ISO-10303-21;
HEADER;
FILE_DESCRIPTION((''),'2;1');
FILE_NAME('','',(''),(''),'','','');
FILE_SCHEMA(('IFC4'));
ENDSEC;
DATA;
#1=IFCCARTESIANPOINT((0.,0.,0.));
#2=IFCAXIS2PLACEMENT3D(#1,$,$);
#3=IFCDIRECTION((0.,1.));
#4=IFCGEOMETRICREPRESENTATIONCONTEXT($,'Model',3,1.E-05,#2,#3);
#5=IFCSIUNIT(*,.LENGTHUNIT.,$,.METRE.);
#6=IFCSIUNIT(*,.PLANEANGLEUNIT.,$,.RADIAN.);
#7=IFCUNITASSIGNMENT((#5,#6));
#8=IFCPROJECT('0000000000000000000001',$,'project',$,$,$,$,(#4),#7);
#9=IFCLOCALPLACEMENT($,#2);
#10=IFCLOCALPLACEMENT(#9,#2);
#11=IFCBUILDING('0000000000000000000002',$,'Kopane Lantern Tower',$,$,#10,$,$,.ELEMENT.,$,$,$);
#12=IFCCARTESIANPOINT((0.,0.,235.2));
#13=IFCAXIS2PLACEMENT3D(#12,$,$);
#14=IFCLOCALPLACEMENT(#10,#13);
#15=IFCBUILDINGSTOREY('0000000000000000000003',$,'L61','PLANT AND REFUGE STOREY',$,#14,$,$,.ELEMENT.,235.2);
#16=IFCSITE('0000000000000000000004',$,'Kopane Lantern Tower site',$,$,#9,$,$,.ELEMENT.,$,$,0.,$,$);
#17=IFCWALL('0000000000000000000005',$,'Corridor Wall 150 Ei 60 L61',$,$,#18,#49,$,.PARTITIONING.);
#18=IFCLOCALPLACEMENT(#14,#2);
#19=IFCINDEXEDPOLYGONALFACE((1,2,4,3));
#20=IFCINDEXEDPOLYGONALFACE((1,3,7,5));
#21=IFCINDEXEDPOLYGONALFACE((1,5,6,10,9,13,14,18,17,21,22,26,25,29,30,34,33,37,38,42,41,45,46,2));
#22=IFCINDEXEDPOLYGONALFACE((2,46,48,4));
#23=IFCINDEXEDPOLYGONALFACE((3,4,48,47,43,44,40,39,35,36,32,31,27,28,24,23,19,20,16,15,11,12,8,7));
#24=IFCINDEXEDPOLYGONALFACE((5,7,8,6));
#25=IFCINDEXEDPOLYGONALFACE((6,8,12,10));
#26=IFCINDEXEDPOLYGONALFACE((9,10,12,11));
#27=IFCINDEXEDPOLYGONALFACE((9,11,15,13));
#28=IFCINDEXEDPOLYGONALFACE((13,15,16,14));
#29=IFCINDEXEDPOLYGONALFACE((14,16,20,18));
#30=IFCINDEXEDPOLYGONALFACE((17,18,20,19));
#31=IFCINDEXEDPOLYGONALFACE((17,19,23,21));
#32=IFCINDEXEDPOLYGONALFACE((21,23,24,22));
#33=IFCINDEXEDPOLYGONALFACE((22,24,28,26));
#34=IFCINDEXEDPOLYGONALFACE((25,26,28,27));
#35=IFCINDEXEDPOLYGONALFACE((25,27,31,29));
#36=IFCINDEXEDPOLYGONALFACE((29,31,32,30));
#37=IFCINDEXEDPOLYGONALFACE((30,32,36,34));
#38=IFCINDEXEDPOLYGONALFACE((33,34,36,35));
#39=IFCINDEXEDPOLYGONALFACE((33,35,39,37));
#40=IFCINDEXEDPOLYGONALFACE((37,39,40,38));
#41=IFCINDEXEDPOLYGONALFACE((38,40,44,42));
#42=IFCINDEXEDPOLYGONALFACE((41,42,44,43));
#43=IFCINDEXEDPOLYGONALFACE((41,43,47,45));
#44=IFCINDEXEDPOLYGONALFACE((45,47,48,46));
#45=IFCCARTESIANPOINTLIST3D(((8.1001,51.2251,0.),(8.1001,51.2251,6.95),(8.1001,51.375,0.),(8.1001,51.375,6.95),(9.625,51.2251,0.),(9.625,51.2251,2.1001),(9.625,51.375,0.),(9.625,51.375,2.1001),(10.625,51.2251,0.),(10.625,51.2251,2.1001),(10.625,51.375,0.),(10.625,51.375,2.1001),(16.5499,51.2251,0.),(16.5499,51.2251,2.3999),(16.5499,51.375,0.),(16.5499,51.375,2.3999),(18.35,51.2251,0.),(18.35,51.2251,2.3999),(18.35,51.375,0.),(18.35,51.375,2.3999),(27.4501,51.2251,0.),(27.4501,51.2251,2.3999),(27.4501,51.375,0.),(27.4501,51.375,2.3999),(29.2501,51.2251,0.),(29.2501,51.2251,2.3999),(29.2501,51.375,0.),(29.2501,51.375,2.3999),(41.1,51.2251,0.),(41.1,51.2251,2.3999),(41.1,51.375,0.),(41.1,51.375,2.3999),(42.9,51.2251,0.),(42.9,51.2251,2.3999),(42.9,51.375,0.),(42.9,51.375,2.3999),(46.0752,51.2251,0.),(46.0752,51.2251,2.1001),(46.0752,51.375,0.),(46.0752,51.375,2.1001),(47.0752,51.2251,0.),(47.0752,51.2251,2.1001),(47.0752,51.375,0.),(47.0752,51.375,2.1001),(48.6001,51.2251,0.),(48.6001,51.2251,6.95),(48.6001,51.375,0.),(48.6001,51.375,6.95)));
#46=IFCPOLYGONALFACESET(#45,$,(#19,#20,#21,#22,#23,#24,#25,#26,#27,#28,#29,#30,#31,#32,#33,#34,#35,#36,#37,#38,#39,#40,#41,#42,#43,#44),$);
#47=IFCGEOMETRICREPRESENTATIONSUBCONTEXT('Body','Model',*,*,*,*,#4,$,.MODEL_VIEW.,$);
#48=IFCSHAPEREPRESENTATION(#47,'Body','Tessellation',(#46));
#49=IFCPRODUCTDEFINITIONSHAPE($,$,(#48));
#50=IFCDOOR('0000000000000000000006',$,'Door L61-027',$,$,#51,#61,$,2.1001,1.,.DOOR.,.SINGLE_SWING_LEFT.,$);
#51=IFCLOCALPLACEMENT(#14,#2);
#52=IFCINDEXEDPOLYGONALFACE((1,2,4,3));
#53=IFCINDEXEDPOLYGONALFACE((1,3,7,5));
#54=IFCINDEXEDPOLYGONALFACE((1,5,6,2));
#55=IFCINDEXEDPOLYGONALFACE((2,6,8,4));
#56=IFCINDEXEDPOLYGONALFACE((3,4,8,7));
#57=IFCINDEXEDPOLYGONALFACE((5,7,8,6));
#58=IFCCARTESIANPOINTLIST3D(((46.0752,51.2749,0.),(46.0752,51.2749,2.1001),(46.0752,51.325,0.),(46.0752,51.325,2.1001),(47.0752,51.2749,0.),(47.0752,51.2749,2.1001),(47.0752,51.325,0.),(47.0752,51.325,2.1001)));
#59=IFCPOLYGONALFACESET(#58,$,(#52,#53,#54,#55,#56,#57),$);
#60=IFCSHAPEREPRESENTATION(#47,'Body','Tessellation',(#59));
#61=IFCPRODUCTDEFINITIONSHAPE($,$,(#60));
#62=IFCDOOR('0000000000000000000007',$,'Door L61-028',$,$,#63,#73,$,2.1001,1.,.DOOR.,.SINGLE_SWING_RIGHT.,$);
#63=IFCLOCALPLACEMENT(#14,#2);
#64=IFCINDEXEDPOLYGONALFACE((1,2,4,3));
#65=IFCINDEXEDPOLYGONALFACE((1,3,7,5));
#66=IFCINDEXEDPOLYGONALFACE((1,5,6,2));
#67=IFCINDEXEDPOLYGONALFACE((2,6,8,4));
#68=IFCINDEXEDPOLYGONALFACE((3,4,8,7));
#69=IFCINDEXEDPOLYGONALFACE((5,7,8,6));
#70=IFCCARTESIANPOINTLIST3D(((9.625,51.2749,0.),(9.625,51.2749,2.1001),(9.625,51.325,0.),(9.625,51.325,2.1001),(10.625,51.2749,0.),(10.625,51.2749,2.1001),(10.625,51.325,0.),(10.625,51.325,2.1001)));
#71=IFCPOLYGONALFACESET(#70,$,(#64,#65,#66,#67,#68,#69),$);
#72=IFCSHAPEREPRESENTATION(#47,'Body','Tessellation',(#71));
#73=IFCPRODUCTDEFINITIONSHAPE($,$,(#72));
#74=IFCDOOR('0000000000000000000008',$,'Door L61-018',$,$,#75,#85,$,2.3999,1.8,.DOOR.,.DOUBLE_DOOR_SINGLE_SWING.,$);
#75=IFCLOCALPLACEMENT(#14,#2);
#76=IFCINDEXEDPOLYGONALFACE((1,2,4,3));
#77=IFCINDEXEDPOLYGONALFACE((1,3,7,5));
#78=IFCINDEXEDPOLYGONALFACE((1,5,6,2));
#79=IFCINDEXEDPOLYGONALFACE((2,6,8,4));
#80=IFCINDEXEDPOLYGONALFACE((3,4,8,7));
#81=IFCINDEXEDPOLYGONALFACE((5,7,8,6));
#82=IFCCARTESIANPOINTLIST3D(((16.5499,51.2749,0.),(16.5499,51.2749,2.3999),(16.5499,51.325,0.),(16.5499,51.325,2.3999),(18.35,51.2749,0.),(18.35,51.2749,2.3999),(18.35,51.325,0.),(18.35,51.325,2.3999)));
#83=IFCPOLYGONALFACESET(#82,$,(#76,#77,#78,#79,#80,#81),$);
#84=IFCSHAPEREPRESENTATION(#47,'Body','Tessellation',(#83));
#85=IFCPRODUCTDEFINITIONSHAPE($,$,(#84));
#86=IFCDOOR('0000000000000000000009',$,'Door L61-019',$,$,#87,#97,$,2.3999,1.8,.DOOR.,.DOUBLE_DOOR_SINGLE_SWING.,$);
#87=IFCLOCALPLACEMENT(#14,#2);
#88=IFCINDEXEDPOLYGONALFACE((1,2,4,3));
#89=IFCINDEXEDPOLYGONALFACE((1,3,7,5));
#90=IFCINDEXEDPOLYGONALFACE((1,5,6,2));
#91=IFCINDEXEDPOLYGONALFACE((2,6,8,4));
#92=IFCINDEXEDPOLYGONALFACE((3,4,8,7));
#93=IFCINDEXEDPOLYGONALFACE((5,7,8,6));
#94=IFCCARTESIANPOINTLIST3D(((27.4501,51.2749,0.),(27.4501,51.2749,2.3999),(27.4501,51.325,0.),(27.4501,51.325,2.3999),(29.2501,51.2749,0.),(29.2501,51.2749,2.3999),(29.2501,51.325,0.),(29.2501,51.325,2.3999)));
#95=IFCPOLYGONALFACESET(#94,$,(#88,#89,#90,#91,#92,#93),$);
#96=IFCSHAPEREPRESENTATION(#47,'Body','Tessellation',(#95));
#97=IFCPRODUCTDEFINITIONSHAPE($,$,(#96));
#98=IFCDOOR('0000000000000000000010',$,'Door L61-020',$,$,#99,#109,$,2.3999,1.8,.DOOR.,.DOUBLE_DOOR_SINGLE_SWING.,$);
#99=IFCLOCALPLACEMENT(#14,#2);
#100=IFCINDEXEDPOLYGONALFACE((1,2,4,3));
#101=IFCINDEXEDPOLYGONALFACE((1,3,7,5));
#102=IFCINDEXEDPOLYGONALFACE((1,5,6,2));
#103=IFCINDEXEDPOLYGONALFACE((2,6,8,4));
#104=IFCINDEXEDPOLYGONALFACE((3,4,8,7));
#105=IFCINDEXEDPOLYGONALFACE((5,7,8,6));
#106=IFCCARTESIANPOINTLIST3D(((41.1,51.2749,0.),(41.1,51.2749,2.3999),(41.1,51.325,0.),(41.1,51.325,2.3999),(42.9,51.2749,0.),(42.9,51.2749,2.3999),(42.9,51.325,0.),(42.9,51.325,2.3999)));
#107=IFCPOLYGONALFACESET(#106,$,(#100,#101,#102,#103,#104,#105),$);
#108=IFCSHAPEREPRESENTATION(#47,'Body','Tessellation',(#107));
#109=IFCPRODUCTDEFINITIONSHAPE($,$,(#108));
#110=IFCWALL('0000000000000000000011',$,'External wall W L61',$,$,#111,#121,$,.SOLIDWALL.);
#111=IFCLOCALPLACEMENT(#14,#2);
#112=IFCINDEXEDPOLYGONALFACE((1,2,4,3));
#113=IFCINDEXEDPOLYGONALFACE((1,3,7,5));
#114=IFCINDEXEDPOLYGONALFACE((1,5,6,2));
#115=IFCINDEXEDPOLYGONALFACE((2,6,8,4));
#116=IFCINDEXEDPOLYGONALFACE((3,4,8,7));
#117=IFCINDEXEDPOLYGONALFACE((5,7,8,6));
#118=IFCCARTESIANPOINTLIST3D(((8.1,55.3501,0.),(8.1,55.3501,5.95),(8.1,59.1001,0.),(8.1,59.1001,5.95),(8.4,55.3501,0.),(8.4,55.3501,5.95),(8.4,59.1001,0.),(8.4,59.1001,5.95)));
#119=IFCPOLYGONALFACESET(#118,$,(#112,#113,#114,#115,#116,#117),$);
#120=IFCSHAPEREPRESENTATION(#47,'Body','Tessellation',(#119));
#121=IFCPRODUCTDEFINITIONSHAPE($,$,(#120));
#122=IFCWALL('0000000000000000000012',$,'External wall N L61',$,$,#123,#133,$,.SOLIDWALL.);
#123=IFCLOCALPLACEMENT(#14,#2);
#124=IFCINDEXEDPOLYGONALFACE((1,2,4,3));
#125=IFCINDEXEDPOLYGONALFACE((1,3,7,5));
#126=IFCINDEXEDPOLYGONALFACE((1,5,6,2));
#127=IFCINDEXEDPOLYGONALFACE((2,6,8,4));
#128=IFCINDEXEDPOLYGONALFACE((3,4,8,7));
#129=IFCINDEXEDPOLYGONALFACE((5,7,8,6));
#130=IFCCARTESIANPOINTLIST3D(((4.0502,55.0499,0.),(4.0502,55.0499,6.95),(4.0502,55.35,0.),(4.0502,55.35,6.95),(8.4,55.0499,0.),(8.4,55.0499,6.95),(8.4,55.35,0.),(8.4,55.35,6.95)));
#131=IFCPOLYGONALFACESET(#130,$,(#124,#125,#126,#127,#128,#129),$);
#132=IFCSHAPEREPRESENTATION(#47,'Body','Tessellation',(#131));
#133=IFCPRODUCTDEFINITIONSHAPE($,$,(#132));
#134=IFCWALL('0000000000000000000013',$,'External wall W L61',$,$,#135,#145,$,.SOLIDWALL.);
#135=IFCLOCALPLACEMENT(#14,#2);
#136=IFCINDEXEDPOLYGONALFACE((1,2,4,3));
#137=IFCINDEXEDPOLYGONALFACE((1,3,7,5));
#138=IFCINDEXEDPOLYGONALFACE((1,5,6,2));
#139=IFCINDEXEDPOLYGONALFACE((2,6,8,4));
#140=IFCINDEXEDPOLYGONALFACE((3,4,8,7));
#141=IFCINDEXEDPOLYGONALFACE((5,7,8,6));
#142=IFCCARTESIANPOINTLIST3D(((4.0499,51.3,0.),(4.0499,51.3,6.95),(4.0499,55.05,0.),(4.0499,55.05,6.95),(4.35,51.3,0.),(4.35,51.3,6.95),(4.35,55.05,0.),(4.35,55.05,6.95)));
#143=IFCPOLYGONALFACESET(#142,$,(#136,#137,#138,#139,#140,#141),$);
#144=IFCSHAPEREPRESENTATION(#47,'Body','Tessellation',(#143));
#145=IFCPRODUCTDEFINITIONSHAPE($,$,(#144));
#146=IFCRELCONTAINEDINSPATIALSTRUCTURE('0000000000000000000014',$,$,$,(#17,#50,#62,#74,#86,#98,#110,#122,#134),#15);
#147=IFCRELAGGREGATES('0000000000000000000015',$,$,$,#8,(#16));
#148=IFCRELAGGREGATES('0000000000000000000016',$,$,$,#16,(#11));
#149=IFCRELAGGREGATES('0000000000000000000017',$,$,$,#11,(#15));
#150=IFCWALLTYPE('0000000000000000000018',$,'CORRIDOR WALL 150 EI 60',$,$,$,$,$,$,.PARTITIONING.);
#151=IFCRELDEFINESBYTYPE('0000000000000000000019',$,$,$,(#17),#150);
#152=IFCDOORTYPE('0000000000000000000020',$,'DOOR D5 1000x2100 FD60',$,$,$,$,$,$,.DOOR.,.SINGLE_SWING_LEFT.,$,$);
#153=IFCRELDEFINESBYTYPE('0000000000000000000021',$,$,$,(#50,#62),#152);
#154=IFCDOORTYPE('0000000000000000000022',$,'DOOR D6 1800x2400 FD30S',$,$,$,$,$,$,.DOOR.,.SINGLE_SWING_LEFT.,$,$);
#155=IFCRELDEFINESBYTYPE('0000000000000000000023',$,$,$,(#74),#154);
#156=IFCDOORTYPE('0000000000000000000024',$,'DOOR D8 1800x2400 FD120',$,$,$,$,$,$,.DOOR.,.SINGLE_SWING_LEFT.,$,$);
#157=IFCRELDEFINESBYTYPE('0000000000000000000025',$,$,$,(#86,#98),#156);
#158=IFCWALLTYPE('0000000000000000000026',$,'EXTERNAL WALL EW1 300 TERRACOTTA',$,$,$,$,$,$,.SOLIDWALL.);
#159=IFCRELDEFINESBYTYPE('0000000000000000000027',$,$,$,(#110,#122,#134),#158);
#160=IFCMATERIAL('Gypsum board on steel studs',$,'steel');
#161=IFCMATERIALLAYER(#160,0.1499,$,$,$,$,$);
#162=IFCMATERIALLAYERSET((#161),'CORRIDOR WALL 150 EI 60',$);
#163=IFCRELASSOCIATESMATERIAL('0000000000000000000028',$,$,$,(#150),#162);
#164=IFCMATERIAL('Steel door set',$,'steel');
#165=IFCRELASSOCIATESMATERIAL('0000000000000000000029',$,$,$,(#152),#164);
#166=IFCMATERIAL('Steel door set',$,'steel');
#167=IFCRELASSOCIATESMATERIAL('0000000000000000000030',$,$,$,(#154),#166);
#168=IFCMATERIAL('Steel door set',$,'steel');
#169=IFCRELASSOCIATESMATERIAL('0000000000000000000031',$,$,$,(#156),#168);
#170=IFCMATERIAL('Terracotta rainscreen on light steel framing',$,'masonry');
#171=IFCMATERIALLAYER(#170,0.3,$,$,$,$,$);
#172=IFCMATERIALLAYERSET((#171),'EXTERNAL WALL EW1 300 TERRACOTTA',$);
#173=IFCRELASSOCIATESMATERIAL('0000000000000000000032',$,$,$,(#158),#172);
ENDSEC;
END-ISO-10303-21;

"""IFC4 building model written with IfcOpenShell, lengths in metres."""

from ifc_helpers import new_model, si_unit, direction, frame, frame_2d, origin, place, context, subcontext, project, spatial, rectangle, extrude, material, layer, layer_set, type_object, element, fill, save


model = new_model("IFC4")

# Units and contexts
model_context = context("Model", 3, precision=1e-05, world=origin(), true_north=direction((0.0, 1.0)))
body_context = subcontext(model_context, "Body", "Model", "MODEL_VIEW")
ifc_project = project(units=[si_unit("LENGTHUNIT", "METRE"), si_unit("PLANEANGLEUNIT", "RADIAN")], contexts=[model_context])

# Site, building, storey
site_placement = place(None, origin())
site = spatial("IfcSite", under=ifc_project, at=site_placement, Name="Kopane Lantern Tower site", CompositionType="ELEMENT", RefElevation=0.0)
building_placement = place(site_placement, origin())
building = spatial("IfcBuilding", under=site, at=building_placement, Name="Kopane Lantern Tower", CompositionType="ELEMENT")
storey_placement = place(building_placement, frame((0.0, 0.0, 235.2)))
storey = spatial("IfcBuildingStorey", under=building, at=storey_placement, Name="L61", Description="PLANT AND REFUGE STOREY", CompositionType="ELEMENT", Elevation=235.2)

# Wall, openings, doors
ifc_material_1 = material(Name="Gypsum board on steel studs", Category="steel")
ifc_layer_1 = layer(ifc_material_1, 0.1499)
ifc_layer_set_1 = layer_set([ifc_layer_1], Name="CORRIDOR WALL 150 EI 60")
wall_type_1 = type_object("IfcWallType", Name="CORRIDOR WALL 150 EI 60", PredefinedType="PARTITIONING", material=ifc_layer_set_1)
wall_1_placement = place(storey_placement, frame((8.1001, 51.3, 0.0), z_axis=(0.0, 0.0, 1.0), x_axis=(1.0, 0.0, 0.0)))
wall_1 = element("IfcWall", 1, at=wall_1_placement, inside=storey, type_object=wall_type_1, Name="Corridor Wall 150 Ei 60 L61", PredefinedType="PARTITIONING", context=body_context, shape_type="SweptSolid", body=[
    extrude(rectangle(XDim=40.5, YDim=0.1499, at=frame_2d((20.25, 0.0))), origin(), (0.0, 0.0, 1.0), 6.95),
])
opening_1_placement = place(wall_1_placement, frame((8.45, 0.0, 0.0)))
opening_1 = element("IfcOpeningElement", 2, at=opening_1_placement, cuts=wall_1, PredefinedType="OPENING", context=body_context, shape_type="SweptSolid", body=[
    extrude(rectangle(XDim=1.8, YDim=2.3999, at=frame_2d((0.8999, 1.2))), frame((0.0, 0.085, 0.0), z_axis=(0.0, -1.0, 0.0), x_axis=(1.0, 0.0, 0.0)), (0.0, 0.0, 1.0), 0.1699),
])
opening_2_placement = place(wall_1_placement, frame((19.3501, 0.0, 0.0)))
opening_2 = element("IfcOpeningElement", 3, at=opening_2_placement, cuts=wall_1, PredefinedType="OPENING", context=body_context, shape_type="SweptSolid", body=[
    extrude(rectangle(XDim=1.8, YDim=2.3999, at=frame_2d((0.8999, 1.2))), frame((0.0, 0.085, 0.0), z_axis=(0.0, -1.0, 0.0), x_axis=(1.0, 0.0, 0.0)), (0.0, 0.0, 1.0), 0.1699),
])
opening_3_placement = place(wall_1_placement, frame((33.0, 0.0, 0.0)))
opening_3 = element("IfcOpeningElement", 4, at=opening_3_placement, cuts=wall_1, PredefinedType="OPENING", context=body_context, shape_type="SweptSolid", body=[
    extrude(rectangle(XDim=1.8, YDim=2.3999, at=frame_2d((0.8999, 1.2))), frame((0.0, 0.085, 0.0), z_axis=(0.0, -1.0, 0.0), x_axis=(1.0, 0.0, 0.0)), (0.0, 0.0, 1.0), 0.1699),
])
opening_4_placement = place(wall_1_placement, frame((37.9751, 0.0, 0.0)))
opening_4 = element("IfcOpeningElement", 5, at=opening_4_placement, cuts=wall_1, PredefinedType="OPENING", context=body_context, shape_type="SweptSolid", body=[
    extrude(rectangle(XDim=1.0, YDim=2.1001, at=frame_2d((0.5, 1.05))), frame((0.0, 0.085, 0.0), z_axis=(0.0, -1.0, 0.0), x_axis=(1.0, 0.0, 0.0)), (0.0, 0.0, 1.0), 0.1699),
])
opening_5_placement = place(wall_1_placement, frame((1.5249, 0.0, 0.0)))
opening_5 = element("IfcOpeningElement", 6, at=opening_5_placement, cuts=wall_1, PredefinedType="OPENING", context=body_context, shape_type="SweptSolid", body=[
    extrude(rectangle(XDim=1.0, YDim=2.1001, at=frame_2d((0.5, 1.05))), frame((0.0, 0.085, 0.0), z_axis=(0.0, -1.0, 0.0), x_axis=(1.0, 0.0, 0.0)), (0.0, 0.0, 1.0), 0.1699),
])
ifc_material_2 = material(Name="Steel door set", Category="steel")
door_type_1 = type_object("IfcDoorType", Name="DOOR D5 1000x2100 FD60", OperationType="SINGLE_SWING_LEFT", PredefinedType="DOOR", material=ifc_material_2)
door_1_placement = place(opening_4_placement, origin())
door_1 = element("IfcDoor", 7, at=door_1_placement, inside=storey, type_object=door_type_1, Name="Door L61-027", OperationType="SINGLE_SWING_LEFT", OverallHeight=2.1001, OverallWidth=1.0, PredefinedType="DOOR", context=body_context, shape_type="SweptSolid", body=[
    extrude(rectangle(XDim=1.0, YDim=2.1001, at=frame_2d((0.5, 1.05))), frame((0.0, 0.0249, 0.0), z_axis=(0.0, -1.0, 0.0), x_axis=(1.0, 0.0, 0.0)), (0.0, 0.0, 1.0), 0.05),
])
fill(opening_4, door_1)
door_2_placement = place(opening_5_placement, origin())
door_2 = element("IfcDoor", 8, at=door_2_placement, inside=storey, type_object=door_type_1, Name="Door L61-028", OperationType="SINGLE_SWING_RIGHT", OverallHeight=2.1001, OverallWidth=1.0, PredefinedType="DOOR", context=body_context, shape_type="SweptSolid", body=[
    extrude(rectangle(XDim=1.0, YDim=2.1001, at=frame_2d((0.5, 1.05))), frame((0.0, 0.0249, 0.0), z_axis=(0.0, -1.0, 0.0), x_axis=(1.0, 0.0, 0.0)), (0.0, 0.0, 1.0), 0.05),
])
fill(opening_5, door_2)
ifc_material_3 = material(Name="Steel door set", Category="steel")
door_type_2 = type_object("IfcDoorType", Name="DOOR D6 1800x2400 FD30S", OperationType="SINGLE_SWING_LEFT", PredefinedType="DOOR", material=ifc_material_3)
door_3_placement = place(opening_1_placement, origin())
door_3 = element("IfcDoor", 9, at=door_3_placement, inside=storey, type_object=door_type_2, Name="Door L61-018", OperationType="DOUBLE_DOOR_SINGLE_SWING", OverallHeight=2.3999, OverallWidth=1.8, PredefinedType="DOOR", context=body_context, shape_type="SweptSolid", body=[
    extrude(rectangle(XDim=1.8, YDim=2.3999, at=frame_2d((0.8999, 1.2))), frame((0.0, 0.0249, 0.0), z_axis=(0.0, -1.0, 0.0), x_axis=(1.0, 0.0, 0.0)), (0.0, 0.0, 1.0), 0.05),
])
fill(opening_1, door_3)
ifc_material_4 = material(Name="Steel door set", Category="steel")
door_type_3 = type_object("IfcDoorType", Name="DOOR D8 1800x2400 FD120", OperationType="SINGLE_SWING_LEFT", PredefinedType="DOOR", material=ifc_material_4)
door_4_placement = place(opening_2_placement, origin())
door_4 = element("IfcDoor", 10, at=door_4_placement, inside=storey, type_object=door_type_3, Name="Door L61-019", OperationType="DOUBLE_DOOR_SINGLE_SWING", OverallHeight=2.3999, OverallWidth=1.8, PredefinedType="DOOR", context=body_context, shape_type="SweptSolid", body=[
    extrude(rectangle(XDim=1.8, YDim=2.3999, at=frame_2d((0.8999, 1.2))), frame((0.0, 0.0249, 0.0), z_axis=(0.0, -1.0, 0.0), x_axis=(1.0, 0.0, 0.0)), (0.0, 0.0, 1.0), 0.05),
])
fill(opening_2, door_4)
door_5_placement = place(opening_3_placement, origin())
door_5 = element("IfcDoor", 11, at=door_5_placement, inside=storey, type_object=door_type_3, Name="Door L61-020", OperationType="DOUBLE_DOOR_SINGLE_SWING", OverallHeight=2.3999, OverallWidth=1.8, PredefinedType="DOOR", context=body_context, shape_type="SweptSolid", body=[
    extrude(rectangle(XDim=1.8, YDim=2.3999, at=frame_2d((0.8999, 1.2))), frame((0.0, 0.0249, 0.0), z_axis=(0.0, -1.0, 0.0), x_axis=(1.0, 0.0, 0.0)), (0.0, 0.0, 1.0), 0.05),
])
fill(opening_3, door_5)

# Walls
ifc_material_5 = material(Name="Terracotta rainscreen on light steel framing", Category="masonry")
ifc_layer_2 = layer(ifc_material_5, 0.3)
ifc_layer_set_2 = layer_set([ifc_layer_2], Name="EXTERNAL WALL EW1 300 TERRACOTTA")
wall_type_2 = type_object("IfcWallType", Name="EXTERNAL WALL EW1 300 TERRACOTTA", PredefinedType="SOLIDWALL", material=ifc_layer_set_2)
wall_2_placement = place(storey_placement, frame((8.25, 59.1001, 0.0), z_axis=(0.0, 0.0, 1.0), x_axis=(0.0, -1.0, 0.0)))
element("IfcWall", 12, at=wall_2_placement, inside=storey, type_object=wall_type_2, Name="External wall W L61", PredefinedType="SOLIDWALL", context=body_context, shape_type="SweptSolid", body=[
    extrude(rectangle(XDim=3.75, YDim=0.3, at=frame_2d((1.875, 0.0))), origin(), (0.0, 0.0, 1.0), 5.95),
])
wall_3_placement = place(storey_placement, frame((8.3999, 55.2, 0.0), z_axis=(0.0, 0.0, 1.0), x_axis=(-1.0, 0.0, 0.0)))
element("IfcWall", 13, at=wall_3_placement, inside=storey, type_object=wall_type_2, Name="External wall N L61", PredefinedType="SOLIDWALL", context=body_context, shape_type="SweptSolid", body=[
    extrude(rectangle(XDim=4.3499, YDim=0.3, at=frame_2d((2.1748, 0.0))), origin(), (0.0, 0.0, 1.0), 6.95),
])
wall_4_placement = place(storey_placement, frame((4.2, 55.05, 0.0), z_axis=(0.0, 0.0, 1.0), x_axis=(0.0, -1.0, 0.0)))
element("IfcWall", 14, at=wall_4_placement, inside=storey, type_object=wall_type_2, Name="External wall W L61", PredefinedType="SOLIDWALL", context=body_context, shape_type="SweptSolid", body=[
    extrude(rectangle(XDim=3.75, YDim=0.3, at=frame_2d((1.875, 0.0))), origin(), (0.0, 0.0, 1.0), 6.95),
])

save(model, "model.ifc")
